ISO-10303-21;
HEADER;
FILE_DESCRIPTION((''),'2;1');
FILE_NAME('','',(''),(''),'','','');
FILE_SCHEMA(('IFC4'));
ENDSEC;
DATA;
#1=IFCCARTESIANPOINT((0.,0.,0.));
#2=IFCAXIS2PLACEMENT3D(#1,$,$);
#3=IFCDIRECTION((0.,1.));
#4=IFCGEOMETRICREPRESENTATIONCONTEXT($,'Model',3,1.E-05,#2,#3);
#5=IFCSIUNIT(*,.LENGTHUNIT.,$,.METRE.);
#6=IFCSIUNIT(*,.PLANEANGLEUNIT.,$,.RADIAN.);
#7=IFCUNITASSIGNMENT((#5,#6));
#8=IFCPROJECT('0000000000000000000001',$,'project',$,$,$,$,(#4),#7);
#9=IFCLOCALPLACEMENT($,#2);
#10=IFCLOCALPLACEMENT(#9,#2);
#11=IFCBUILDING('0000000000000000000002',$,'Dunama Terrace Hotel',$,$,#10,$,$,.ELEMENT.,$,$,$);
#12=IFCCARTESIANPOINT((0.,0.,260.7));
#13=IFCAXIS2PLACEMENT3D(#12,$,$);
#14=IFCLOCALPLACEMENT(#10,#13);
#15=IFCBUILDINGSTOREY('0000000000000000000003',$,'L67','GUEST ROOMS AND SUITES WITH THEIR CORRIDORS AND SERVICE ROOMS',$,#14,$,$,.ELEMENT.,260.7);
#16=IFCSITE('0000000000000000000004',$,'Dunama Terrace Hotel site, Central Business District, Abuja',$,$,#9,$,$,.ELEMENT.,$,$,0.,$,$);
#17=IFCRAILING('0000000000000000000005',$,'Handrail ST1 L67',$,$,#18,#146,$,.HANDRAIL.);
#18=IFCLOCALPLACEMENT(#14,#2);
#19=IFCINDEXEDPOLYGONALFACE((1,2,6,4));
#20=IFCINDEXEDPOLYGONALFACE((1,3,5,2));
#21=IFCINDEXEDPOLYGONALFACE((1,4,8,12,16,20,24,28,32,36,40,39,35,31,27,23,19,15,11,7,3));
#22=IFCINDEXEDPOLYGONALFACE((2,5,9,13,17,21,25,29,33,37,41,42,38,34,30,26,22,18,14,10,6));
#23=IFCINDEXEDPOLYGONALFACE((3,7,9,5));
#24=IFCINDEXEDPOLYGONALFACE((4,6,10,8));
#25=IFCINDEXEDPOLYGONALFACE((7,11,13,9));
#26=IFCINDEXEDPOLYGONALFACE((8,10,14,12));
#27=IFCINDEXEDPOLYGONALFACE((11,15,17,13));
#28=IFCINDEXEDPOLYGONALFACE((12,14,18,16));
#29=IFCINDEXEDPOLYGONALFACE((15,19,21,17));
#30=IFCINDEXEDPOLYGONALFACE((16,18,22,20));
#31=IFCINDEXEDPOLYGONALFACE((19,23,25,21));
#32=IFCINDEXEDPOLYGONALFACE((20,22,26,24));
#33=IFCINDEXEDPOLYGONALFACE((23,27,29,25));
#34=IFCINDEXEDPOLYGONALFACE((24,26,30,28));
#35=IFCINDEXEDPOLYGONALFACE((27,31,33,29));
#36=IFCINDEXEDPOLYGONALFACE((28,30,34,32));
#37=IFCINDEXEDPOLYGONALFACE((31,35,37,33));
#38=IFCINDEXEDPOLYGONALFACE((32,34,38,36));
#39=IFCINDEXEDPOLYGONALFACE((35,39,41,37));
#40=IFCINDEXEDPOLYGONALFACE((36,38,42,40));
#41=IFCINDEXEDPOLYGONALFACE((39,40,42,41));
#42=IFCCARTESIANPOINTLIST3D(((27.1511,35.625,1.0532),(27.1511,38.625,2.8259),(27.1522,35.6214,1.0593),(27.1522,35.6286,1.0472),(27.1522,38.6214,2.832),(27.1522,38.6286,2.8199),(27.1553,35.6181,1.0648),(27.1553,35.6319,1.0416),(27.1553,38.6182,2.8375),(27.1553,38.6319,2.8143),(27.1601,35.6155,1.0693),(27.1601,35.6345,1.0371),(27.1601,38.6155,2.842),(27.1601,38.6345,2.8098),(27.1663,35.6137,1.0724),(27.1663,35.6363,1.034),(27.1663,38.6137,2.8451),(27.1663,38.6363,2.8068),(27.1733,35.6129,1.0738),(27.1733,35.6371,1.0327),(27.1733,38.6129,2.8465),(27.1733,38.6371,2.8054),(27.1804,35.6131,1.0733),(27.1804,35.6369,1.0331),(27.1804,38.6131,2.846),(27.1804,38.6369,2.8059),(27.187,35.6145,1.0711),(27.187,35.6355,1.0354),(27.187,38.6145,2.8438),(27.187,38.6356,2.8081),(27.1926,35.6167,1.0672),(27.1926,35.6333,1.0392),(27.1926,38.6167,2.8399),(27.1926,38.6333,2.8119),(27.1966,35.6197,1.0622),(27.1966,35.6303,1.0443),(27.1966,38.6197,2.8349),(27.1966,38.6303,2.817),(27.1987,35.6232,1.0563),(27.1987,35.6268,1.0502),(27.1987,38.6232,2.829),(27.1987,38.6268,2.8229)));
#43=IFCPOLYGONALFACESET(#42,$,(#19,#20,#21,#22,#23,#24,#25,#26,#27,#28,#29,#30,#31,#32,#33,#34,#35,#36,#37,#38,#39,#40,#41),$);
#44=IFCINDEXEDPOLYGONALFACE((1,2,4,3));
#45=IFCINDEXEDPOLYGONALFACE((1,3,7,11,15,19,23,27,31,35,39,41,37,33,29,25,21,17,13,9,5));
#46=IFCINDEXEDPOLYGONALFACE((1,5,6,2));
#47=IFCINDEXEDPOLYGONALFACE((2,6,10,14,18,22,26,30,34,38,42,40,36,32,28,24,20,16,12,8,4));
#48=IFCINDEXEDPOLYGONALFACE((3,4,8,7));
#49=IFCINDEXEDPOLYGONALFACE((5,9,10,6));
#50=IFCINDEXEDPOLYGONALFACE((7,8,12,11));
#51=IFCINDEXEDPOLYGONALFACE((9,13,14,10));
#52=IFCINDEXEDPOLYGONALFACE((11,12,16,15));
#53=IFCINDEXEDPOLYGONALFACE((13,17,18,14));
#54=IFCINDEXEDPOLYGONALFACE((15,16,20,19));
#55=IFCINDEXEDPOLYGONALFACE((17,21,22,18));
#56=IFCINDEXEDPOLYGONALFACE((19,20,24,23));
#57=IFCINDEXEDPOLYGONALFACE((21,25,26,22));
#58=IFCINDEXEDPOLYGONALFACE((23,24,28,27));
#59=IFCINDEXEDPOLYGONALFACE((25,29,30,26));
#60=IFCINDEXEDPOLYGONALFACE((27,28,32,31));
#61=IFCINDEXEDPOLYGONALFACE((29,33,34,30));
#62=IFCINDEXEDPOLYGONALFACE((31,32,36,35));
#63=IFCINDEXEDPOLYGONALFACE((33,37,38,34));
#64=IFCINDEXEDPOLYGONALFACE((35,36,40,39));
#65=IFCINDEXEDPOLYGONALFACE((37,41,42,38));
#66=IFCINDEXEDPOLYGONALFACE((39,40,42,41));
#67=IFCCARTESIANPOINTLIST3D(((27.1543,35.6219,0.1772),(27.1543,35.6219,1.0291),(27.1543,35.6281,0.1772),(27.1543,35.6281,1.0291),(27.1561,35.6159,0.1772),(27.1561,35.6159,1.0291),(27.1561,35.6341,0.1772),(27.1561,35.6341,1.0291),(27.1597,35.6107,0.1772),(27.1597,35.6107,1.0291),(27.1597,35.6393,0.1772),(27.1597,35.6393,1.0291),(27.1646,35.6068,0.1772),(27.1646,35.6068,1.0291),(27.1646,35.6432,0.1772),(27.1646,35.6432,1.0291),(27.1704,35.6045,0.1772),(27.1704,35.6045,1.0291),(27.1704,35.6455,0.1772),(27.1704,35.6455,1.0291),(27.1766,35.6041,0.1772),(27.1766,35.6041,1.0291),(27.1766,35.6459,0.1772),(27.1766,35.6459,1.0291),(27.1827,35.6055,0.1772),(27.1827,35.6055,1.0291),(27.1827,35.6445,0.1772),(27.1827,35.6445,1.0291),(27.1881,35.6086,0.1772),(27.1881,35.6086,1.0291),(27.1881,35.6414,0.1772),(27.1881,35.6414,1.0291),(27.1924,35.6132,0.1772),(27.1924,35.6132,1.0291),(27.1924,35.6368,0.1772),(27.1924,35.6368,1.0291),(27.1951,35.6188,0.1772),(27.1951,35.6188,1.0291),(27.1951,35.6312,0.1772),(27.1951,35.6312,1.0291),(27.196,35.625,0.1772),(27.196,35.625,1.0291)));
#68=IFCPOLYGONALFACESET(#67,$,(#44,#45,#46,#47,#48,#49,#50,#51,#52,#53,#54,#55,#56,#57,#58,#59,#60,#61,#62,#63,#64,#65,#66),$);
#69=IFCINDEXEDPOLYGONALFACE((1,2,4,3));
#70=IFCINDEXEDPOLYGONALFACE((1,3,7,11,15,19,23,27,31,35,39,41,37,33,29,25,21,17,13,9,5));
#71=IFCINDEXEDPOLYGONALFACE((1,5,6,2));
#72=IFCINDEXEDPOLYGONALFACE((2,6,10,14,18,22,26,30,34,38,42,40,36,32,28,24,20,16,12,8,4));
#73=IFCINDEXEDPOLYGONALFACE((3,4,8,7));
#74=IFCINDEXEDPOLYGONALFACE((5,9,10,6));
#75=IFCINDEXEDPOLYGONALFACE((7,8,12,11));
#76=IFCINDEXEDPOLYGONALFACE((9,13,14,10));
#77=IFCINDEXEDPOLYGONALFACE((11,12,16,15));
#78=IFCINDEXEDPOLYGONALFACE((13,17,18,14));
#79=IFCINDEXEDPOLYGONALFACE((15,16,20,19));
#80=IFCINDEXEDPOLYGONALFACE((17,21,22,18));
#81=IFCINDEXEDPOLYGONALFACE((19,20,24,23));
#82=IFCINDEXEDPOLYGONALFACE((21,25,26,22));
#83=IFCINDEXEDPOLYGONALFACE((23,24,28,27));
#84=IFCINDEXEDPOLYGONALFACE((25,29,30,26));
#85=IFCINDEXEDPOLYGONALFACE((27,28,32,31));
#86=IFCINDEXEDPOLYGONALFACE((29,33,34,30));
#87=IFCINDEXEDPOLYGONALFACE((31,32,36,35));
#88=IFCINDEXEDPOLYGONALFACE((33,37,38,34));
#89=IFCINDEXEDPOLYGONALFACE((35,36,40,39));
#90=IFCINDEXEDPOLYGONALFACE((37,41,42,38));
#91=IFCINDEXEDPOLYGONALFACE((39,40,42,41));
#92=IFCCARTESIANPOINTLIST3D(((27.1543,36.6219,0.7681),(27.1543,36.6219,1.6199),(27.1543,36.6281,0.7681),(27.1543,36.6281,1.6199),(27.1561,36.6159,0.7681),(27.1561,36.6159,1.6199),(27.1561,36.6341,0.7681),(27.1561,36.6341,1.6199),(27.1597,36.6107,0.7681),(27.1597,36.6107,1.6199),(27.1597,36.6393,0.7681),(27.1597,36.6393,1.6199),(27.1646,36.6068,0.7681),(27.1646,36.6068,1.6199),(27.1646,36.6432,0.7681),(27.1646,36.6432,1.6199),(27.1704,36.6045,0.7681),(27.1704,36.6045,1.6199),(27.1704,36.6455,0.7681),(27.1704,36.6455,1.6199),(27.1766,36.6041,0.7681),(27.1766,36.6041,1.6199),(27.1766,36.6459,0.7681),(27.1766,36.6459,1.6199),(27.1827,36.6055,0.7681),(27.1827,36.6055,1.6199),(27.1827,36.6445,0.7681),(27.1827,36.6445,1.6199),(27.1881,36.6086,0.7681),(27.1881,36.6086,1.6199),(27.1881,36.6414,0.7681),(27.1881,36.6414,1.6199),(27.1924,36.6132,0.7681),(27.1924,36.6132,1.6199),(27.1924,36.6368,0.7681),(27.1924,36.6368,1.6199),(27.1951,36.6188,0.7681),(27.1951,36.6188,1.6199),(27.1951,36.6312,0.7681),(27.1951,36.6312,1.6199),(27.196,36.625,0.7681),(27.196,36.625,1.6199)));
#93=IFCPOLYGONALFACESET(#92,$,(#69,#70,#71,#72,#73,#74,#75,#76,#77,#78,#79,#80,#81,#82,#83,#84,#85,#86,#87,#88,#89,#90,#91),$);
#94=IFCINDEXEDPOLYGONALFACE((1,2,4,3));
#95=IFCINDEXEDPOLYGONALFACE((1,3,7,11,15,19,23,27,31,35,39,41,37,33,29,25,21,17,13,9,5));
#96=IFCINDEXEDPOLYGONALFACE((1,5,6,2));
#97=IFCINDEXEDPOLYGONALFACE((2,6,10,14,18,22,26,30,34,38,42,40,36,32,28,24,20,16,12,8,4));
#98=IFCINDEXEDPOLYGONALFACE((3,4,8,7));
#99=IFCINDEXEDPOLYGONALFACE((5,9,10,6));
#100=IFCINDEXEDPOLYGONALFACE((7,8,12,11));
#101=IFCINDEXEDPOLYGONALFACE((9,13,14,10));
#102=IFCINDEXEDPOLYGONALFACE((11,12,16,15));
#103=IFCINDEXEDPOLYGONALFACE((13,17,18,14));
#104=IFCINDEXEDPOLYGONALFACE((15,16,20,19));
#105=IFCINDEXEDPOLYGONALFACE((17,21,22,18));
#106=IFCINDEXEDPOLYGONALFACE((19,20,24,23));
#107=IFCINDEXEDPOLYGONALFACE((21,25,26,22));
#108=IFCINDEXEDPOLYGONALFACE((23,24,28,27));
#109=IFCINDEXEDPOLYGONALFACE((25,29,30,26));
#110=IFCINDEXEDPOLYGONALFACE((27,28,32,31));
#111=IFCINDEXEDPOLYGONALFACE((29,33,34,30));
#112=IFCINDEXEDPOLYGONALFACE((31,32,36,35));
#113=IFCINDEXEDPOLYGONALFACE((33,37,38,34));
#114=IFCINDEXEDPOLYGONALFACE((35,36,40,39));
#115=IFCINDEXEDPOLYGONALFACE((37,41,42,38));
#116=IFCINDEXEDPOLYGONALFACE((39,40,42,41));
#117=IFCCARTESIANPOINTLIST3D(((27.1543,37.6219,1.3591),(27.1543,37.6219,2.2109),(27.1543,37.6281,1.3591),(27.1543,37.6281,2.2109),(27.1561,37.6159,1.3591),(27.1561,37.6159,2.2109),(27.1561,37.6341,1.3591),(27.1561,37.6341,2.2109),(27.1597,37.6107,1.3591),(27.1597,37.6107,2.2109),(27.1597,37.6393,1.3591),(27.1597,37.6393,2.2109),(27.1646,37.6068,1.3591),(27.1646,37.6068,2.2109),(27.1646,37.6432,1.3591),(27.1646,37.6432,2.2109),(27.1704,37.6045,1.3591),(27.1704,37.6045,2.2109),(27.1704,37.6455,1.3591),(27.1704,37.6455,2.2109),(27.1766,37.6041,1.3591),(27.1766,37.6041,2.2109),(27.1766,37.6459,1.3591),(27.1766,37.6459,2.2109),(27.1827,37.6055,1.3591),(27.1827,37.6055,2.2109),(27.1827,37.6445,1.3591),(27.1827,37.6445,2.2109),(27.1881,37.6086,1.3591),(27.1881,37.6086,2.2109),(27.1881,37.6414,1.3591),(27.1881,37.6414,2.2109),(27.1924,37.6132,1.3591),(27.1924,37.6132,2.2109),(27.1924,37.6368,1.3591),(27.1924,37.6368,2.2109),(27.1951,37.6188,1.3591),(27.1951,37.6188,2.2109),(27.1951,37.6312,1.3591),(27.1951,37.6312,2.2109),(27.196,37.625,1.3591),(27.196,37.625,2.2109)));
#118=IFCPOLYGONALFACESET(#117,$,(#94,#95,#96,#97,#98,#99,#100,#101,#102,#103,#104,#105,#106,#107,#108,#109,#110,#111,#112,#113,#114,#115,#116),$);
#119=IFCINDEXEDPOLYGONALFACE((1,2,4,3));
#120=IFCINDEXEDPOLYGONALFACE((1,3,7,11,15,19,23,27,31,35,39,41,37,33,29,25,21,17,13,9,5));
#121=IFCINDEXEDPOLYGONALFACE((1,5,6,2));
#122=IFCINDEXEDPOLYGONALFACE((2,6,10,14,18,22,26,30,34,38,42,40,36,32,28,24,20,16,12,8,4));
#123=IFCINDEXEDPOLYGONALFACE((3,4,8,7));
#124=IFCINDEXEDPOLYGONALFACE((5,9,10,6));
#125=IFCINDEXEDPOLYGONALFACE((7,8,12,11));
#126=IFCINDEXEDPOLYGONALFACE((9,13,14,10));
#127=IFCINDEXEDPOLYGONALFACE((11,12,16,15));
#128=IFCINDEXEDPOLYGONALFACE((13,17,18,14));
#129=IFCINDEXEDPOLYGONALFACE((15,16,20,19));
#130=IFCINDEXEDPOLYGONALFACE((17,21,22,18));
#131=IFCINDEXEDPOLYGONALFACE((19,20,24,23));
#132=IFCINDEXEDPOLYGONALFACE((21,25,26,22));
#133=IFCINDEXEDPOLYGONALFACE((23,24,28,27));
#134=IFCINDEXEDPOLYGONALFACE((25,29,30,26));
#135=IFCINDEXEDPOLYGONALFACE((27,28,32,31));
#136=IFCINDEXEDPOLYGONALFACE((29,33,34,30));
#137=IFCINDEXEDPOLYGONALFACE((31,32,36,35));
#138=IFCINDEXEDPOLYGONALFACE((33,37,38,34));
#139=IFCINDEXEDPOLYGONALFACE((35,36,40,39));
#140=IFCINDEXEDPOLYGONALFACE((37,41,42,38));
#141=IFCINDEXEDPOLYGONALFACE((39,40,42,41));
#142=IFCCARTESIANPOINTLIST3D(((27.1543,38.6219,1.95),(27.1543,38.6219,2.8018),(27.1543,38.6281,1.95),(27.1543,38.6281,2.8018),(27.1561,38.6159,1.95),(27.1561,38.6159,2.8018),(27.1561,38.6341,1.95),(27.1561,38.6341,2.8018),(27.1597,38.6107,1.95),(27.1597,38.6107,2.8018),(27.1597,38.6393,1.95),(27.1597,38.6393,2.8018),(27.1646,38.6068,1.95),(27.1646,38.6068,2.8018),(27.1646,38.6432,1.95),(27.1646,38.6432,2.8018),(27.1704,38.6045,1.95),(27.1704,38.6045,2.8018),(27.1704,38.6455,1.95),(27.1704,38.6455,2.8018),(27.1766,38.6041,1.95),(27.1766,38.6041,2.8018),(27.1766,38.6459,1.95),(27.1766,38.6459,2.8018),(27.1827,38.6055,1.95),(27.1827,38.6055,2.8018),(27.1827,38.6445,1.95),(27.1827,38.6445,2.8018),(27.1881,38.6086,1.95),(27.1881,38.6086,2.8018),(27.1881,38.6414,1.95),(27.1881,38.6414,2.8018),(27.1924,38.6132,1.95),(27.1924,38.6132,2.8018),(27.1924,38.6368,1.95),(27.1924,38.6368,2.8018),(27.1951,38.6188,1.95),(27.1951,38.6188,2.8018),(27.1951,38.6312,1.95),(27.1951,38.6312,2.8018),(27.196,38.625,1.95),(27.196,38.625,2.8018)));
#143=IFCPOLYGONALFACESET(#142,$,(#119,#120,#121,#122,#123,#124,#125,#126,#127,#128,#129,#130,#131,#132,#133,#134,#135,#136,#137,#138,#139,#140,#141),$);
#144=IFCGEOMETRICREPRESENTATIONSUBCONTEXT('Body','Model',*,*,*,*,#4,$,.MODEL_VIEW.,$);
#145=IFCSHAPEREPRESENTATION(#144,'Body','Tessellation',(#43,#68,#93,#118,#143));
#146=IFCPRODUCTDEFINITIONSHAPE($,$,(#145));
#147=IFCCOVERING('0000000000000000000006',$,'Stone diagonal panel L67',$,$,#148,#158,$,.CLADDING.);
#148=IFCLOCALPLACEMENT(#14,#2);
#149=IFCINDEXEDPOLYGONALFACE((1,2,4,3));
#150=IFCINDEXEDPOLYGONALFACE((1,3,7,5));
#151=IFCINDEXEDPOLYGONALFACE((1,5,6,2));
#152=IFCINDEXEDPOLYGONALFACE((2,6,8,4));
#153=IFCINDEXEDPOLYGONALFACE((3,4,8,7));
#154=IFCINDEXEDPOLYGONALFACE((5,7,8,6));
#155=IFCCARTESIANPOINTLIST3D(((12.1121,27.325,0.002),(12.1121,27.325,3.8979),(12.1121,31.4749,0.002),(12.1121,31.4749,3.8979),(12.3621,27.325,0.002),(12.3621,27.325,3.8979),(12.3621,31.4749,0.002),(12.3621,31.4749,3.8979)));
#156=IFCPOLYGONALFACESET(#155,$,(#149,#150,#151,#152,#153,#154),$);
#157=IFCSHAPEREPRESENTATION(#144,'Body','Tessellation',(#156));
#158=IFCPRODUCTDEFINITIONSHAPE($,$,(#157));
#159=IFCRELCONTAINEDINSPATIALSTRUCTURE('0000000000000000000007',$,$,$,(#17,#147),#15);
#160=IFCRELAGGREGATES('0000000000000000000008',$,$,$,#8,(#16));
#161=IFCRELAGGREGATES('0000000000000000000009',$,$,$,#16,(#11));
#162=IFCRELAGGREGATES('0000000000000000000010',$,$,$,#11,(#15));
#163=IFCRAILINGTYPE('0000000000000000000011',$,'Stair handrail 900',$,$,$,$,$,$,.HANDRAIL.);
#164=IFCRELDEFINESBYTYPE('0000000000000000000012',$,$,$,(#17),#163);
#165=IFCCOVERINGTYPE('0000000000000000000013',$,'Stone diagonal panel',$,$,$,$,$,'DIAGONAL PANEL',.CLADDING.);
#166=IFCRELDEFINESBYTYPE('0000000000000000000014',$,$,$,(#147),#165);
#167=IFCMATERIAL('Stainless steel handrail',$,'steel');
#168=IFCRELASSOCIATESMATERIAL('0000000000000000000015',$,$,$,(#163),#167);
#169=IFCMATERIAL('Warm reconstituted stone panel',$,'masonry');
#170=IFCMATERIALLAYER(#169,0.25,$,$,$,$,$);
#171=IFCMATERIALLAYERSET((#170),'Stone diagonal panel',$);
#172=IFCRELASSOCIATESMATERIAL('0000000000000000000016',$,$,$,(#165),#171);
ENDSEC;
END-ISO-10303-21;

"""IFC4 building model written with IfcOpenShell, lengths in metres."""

from ifc_helpers import new_model, si_unit, direction, frame, origin, origin_2d, place, context, subcontext, project, spatial, rectangle, circle, extrude, material, layer, layer_set, type_object, element, save


model = new_model("IFC4")

# Units and contexts
model_context = context("Model", 3, precision=1e-05, world=origin(), true_north=direction((0.0, 1.0)))
body_context = subcontext(model_context, "Body", "Model", "MODEL_VIEW")
ifc_project = project(units=[si_unit("LENGTHUNIT", "METRE"), si_unit("PLANEANGLEUNIT", "RADIAN")], contexts=[model_context])

# Site, building, storey
site_placement = place(None, origin())
site = spatial("IfcSite", under=ifc_project, at=site_placement, Name="Dunama Terrace Hotel site, Central Business District, Abuja", CompositionType="ELEMENT", RefElevation=0.0)
building_placement = place(site_placement, origin())
building = spatial("IfcBuilding", under=site, at=building_placement, Name="Dunama Terrace Hotel", CompositionType="ELEMENT")
storey_placement = place(building_placement, frame((0.0, 0.0, 260.7)))
storey = spatial("IfcBuildingStorey", under=building, at=storey_placement, Name="L67", Description="GUEST ROOMS AND SUITES WITH THEIR CORRIDORS AND SERVICE ROOMS", CompositionType="ELEMENT", Elevation=260.7)

# Railing
ifc_material_1 = material(Name="Stainless steel handrail", Category="steel")
railing_type = type_object("IfcRailingType", Name="Stair handrail 900", PredefinedType="HANDRAIL", material=ifc_material_1)
railing_placement = place(storey_placement, frame((27.175, 35.625, 0.1772)))
element("IfcRailing", 1, at=railing_placement, inside=storey, type_object=railing_type, Name="Handrail ST1 L67", PredefinedType="HANDRAIL", context=body_context, shape_type="SweptSolid", body=[
    extrude(circle(Radius=0.0239, at=origin_2d()), frame((0.0, 0.0, 0.876), z_axis=(0.0, 0.860929, 0.508725), x_axis=(-1.0, 0.0, 0.0)), (0.0, 0.0, 1.0), 3.4846),
    extrude(circle(Radius=0.021, at=origin_2d()), origin(), (0.0, 0.0, 1.0), 0.8518),
    extrude(circle(Radius=0.021, at=origin_2d()), frame((0.0, 1.0, 0.5908)), (0.0, 0.0, 1.0), 0.8518),
    extrude(circle(Radius=0.021, at=origin_2d()), frame((0.0, 2.0, 1.1819)), (0.0, 0.0, 1.0), 0.8518),
    extrude(circle(Radius=0.021, at=origin_2d()), frame((0.0, 3.0, 1.7727)), (0.0, 0.0, 1.0), 0.8518),
])

# Covering
ifc_material_2 = material(Name="Warm reconstituted stone panel", Category="masonry")
ifc_layer_1 = layer(ifc_material_2, 0.25)
ifc_layer_set_1 = layer_set([ifc_layer_1], Name="Stone diagonal panel")
covering_type = type_object("IfcCoveringType", Name="Stone diagonal panel", ElementType="DIAGONAL PANEL", PredefinedType="CLADDING", material=ifc_layer_set_1)
covering_placement = place(storey_placement, frame((12.2371, 29.3999, 0.002), z_axis=(0.0, 0.0, 1.0), x_axis=(0.0, -1.0, 0.0)))
element("IfcCovering", 2, at=covering_placement, inside=storey, type_object=covering_type, Name="Stone diagonal panel L67", PredefinedType="CLADDING", context=body_context, shape_type="SweptSolid", body=[
    extrude(rectangle(XDim=4.1499, YDim=0.25, at=origin_2d()), origin(), (0.0, 0.0, 1.0), 3.896),
])

save(model, "model.ifc")
